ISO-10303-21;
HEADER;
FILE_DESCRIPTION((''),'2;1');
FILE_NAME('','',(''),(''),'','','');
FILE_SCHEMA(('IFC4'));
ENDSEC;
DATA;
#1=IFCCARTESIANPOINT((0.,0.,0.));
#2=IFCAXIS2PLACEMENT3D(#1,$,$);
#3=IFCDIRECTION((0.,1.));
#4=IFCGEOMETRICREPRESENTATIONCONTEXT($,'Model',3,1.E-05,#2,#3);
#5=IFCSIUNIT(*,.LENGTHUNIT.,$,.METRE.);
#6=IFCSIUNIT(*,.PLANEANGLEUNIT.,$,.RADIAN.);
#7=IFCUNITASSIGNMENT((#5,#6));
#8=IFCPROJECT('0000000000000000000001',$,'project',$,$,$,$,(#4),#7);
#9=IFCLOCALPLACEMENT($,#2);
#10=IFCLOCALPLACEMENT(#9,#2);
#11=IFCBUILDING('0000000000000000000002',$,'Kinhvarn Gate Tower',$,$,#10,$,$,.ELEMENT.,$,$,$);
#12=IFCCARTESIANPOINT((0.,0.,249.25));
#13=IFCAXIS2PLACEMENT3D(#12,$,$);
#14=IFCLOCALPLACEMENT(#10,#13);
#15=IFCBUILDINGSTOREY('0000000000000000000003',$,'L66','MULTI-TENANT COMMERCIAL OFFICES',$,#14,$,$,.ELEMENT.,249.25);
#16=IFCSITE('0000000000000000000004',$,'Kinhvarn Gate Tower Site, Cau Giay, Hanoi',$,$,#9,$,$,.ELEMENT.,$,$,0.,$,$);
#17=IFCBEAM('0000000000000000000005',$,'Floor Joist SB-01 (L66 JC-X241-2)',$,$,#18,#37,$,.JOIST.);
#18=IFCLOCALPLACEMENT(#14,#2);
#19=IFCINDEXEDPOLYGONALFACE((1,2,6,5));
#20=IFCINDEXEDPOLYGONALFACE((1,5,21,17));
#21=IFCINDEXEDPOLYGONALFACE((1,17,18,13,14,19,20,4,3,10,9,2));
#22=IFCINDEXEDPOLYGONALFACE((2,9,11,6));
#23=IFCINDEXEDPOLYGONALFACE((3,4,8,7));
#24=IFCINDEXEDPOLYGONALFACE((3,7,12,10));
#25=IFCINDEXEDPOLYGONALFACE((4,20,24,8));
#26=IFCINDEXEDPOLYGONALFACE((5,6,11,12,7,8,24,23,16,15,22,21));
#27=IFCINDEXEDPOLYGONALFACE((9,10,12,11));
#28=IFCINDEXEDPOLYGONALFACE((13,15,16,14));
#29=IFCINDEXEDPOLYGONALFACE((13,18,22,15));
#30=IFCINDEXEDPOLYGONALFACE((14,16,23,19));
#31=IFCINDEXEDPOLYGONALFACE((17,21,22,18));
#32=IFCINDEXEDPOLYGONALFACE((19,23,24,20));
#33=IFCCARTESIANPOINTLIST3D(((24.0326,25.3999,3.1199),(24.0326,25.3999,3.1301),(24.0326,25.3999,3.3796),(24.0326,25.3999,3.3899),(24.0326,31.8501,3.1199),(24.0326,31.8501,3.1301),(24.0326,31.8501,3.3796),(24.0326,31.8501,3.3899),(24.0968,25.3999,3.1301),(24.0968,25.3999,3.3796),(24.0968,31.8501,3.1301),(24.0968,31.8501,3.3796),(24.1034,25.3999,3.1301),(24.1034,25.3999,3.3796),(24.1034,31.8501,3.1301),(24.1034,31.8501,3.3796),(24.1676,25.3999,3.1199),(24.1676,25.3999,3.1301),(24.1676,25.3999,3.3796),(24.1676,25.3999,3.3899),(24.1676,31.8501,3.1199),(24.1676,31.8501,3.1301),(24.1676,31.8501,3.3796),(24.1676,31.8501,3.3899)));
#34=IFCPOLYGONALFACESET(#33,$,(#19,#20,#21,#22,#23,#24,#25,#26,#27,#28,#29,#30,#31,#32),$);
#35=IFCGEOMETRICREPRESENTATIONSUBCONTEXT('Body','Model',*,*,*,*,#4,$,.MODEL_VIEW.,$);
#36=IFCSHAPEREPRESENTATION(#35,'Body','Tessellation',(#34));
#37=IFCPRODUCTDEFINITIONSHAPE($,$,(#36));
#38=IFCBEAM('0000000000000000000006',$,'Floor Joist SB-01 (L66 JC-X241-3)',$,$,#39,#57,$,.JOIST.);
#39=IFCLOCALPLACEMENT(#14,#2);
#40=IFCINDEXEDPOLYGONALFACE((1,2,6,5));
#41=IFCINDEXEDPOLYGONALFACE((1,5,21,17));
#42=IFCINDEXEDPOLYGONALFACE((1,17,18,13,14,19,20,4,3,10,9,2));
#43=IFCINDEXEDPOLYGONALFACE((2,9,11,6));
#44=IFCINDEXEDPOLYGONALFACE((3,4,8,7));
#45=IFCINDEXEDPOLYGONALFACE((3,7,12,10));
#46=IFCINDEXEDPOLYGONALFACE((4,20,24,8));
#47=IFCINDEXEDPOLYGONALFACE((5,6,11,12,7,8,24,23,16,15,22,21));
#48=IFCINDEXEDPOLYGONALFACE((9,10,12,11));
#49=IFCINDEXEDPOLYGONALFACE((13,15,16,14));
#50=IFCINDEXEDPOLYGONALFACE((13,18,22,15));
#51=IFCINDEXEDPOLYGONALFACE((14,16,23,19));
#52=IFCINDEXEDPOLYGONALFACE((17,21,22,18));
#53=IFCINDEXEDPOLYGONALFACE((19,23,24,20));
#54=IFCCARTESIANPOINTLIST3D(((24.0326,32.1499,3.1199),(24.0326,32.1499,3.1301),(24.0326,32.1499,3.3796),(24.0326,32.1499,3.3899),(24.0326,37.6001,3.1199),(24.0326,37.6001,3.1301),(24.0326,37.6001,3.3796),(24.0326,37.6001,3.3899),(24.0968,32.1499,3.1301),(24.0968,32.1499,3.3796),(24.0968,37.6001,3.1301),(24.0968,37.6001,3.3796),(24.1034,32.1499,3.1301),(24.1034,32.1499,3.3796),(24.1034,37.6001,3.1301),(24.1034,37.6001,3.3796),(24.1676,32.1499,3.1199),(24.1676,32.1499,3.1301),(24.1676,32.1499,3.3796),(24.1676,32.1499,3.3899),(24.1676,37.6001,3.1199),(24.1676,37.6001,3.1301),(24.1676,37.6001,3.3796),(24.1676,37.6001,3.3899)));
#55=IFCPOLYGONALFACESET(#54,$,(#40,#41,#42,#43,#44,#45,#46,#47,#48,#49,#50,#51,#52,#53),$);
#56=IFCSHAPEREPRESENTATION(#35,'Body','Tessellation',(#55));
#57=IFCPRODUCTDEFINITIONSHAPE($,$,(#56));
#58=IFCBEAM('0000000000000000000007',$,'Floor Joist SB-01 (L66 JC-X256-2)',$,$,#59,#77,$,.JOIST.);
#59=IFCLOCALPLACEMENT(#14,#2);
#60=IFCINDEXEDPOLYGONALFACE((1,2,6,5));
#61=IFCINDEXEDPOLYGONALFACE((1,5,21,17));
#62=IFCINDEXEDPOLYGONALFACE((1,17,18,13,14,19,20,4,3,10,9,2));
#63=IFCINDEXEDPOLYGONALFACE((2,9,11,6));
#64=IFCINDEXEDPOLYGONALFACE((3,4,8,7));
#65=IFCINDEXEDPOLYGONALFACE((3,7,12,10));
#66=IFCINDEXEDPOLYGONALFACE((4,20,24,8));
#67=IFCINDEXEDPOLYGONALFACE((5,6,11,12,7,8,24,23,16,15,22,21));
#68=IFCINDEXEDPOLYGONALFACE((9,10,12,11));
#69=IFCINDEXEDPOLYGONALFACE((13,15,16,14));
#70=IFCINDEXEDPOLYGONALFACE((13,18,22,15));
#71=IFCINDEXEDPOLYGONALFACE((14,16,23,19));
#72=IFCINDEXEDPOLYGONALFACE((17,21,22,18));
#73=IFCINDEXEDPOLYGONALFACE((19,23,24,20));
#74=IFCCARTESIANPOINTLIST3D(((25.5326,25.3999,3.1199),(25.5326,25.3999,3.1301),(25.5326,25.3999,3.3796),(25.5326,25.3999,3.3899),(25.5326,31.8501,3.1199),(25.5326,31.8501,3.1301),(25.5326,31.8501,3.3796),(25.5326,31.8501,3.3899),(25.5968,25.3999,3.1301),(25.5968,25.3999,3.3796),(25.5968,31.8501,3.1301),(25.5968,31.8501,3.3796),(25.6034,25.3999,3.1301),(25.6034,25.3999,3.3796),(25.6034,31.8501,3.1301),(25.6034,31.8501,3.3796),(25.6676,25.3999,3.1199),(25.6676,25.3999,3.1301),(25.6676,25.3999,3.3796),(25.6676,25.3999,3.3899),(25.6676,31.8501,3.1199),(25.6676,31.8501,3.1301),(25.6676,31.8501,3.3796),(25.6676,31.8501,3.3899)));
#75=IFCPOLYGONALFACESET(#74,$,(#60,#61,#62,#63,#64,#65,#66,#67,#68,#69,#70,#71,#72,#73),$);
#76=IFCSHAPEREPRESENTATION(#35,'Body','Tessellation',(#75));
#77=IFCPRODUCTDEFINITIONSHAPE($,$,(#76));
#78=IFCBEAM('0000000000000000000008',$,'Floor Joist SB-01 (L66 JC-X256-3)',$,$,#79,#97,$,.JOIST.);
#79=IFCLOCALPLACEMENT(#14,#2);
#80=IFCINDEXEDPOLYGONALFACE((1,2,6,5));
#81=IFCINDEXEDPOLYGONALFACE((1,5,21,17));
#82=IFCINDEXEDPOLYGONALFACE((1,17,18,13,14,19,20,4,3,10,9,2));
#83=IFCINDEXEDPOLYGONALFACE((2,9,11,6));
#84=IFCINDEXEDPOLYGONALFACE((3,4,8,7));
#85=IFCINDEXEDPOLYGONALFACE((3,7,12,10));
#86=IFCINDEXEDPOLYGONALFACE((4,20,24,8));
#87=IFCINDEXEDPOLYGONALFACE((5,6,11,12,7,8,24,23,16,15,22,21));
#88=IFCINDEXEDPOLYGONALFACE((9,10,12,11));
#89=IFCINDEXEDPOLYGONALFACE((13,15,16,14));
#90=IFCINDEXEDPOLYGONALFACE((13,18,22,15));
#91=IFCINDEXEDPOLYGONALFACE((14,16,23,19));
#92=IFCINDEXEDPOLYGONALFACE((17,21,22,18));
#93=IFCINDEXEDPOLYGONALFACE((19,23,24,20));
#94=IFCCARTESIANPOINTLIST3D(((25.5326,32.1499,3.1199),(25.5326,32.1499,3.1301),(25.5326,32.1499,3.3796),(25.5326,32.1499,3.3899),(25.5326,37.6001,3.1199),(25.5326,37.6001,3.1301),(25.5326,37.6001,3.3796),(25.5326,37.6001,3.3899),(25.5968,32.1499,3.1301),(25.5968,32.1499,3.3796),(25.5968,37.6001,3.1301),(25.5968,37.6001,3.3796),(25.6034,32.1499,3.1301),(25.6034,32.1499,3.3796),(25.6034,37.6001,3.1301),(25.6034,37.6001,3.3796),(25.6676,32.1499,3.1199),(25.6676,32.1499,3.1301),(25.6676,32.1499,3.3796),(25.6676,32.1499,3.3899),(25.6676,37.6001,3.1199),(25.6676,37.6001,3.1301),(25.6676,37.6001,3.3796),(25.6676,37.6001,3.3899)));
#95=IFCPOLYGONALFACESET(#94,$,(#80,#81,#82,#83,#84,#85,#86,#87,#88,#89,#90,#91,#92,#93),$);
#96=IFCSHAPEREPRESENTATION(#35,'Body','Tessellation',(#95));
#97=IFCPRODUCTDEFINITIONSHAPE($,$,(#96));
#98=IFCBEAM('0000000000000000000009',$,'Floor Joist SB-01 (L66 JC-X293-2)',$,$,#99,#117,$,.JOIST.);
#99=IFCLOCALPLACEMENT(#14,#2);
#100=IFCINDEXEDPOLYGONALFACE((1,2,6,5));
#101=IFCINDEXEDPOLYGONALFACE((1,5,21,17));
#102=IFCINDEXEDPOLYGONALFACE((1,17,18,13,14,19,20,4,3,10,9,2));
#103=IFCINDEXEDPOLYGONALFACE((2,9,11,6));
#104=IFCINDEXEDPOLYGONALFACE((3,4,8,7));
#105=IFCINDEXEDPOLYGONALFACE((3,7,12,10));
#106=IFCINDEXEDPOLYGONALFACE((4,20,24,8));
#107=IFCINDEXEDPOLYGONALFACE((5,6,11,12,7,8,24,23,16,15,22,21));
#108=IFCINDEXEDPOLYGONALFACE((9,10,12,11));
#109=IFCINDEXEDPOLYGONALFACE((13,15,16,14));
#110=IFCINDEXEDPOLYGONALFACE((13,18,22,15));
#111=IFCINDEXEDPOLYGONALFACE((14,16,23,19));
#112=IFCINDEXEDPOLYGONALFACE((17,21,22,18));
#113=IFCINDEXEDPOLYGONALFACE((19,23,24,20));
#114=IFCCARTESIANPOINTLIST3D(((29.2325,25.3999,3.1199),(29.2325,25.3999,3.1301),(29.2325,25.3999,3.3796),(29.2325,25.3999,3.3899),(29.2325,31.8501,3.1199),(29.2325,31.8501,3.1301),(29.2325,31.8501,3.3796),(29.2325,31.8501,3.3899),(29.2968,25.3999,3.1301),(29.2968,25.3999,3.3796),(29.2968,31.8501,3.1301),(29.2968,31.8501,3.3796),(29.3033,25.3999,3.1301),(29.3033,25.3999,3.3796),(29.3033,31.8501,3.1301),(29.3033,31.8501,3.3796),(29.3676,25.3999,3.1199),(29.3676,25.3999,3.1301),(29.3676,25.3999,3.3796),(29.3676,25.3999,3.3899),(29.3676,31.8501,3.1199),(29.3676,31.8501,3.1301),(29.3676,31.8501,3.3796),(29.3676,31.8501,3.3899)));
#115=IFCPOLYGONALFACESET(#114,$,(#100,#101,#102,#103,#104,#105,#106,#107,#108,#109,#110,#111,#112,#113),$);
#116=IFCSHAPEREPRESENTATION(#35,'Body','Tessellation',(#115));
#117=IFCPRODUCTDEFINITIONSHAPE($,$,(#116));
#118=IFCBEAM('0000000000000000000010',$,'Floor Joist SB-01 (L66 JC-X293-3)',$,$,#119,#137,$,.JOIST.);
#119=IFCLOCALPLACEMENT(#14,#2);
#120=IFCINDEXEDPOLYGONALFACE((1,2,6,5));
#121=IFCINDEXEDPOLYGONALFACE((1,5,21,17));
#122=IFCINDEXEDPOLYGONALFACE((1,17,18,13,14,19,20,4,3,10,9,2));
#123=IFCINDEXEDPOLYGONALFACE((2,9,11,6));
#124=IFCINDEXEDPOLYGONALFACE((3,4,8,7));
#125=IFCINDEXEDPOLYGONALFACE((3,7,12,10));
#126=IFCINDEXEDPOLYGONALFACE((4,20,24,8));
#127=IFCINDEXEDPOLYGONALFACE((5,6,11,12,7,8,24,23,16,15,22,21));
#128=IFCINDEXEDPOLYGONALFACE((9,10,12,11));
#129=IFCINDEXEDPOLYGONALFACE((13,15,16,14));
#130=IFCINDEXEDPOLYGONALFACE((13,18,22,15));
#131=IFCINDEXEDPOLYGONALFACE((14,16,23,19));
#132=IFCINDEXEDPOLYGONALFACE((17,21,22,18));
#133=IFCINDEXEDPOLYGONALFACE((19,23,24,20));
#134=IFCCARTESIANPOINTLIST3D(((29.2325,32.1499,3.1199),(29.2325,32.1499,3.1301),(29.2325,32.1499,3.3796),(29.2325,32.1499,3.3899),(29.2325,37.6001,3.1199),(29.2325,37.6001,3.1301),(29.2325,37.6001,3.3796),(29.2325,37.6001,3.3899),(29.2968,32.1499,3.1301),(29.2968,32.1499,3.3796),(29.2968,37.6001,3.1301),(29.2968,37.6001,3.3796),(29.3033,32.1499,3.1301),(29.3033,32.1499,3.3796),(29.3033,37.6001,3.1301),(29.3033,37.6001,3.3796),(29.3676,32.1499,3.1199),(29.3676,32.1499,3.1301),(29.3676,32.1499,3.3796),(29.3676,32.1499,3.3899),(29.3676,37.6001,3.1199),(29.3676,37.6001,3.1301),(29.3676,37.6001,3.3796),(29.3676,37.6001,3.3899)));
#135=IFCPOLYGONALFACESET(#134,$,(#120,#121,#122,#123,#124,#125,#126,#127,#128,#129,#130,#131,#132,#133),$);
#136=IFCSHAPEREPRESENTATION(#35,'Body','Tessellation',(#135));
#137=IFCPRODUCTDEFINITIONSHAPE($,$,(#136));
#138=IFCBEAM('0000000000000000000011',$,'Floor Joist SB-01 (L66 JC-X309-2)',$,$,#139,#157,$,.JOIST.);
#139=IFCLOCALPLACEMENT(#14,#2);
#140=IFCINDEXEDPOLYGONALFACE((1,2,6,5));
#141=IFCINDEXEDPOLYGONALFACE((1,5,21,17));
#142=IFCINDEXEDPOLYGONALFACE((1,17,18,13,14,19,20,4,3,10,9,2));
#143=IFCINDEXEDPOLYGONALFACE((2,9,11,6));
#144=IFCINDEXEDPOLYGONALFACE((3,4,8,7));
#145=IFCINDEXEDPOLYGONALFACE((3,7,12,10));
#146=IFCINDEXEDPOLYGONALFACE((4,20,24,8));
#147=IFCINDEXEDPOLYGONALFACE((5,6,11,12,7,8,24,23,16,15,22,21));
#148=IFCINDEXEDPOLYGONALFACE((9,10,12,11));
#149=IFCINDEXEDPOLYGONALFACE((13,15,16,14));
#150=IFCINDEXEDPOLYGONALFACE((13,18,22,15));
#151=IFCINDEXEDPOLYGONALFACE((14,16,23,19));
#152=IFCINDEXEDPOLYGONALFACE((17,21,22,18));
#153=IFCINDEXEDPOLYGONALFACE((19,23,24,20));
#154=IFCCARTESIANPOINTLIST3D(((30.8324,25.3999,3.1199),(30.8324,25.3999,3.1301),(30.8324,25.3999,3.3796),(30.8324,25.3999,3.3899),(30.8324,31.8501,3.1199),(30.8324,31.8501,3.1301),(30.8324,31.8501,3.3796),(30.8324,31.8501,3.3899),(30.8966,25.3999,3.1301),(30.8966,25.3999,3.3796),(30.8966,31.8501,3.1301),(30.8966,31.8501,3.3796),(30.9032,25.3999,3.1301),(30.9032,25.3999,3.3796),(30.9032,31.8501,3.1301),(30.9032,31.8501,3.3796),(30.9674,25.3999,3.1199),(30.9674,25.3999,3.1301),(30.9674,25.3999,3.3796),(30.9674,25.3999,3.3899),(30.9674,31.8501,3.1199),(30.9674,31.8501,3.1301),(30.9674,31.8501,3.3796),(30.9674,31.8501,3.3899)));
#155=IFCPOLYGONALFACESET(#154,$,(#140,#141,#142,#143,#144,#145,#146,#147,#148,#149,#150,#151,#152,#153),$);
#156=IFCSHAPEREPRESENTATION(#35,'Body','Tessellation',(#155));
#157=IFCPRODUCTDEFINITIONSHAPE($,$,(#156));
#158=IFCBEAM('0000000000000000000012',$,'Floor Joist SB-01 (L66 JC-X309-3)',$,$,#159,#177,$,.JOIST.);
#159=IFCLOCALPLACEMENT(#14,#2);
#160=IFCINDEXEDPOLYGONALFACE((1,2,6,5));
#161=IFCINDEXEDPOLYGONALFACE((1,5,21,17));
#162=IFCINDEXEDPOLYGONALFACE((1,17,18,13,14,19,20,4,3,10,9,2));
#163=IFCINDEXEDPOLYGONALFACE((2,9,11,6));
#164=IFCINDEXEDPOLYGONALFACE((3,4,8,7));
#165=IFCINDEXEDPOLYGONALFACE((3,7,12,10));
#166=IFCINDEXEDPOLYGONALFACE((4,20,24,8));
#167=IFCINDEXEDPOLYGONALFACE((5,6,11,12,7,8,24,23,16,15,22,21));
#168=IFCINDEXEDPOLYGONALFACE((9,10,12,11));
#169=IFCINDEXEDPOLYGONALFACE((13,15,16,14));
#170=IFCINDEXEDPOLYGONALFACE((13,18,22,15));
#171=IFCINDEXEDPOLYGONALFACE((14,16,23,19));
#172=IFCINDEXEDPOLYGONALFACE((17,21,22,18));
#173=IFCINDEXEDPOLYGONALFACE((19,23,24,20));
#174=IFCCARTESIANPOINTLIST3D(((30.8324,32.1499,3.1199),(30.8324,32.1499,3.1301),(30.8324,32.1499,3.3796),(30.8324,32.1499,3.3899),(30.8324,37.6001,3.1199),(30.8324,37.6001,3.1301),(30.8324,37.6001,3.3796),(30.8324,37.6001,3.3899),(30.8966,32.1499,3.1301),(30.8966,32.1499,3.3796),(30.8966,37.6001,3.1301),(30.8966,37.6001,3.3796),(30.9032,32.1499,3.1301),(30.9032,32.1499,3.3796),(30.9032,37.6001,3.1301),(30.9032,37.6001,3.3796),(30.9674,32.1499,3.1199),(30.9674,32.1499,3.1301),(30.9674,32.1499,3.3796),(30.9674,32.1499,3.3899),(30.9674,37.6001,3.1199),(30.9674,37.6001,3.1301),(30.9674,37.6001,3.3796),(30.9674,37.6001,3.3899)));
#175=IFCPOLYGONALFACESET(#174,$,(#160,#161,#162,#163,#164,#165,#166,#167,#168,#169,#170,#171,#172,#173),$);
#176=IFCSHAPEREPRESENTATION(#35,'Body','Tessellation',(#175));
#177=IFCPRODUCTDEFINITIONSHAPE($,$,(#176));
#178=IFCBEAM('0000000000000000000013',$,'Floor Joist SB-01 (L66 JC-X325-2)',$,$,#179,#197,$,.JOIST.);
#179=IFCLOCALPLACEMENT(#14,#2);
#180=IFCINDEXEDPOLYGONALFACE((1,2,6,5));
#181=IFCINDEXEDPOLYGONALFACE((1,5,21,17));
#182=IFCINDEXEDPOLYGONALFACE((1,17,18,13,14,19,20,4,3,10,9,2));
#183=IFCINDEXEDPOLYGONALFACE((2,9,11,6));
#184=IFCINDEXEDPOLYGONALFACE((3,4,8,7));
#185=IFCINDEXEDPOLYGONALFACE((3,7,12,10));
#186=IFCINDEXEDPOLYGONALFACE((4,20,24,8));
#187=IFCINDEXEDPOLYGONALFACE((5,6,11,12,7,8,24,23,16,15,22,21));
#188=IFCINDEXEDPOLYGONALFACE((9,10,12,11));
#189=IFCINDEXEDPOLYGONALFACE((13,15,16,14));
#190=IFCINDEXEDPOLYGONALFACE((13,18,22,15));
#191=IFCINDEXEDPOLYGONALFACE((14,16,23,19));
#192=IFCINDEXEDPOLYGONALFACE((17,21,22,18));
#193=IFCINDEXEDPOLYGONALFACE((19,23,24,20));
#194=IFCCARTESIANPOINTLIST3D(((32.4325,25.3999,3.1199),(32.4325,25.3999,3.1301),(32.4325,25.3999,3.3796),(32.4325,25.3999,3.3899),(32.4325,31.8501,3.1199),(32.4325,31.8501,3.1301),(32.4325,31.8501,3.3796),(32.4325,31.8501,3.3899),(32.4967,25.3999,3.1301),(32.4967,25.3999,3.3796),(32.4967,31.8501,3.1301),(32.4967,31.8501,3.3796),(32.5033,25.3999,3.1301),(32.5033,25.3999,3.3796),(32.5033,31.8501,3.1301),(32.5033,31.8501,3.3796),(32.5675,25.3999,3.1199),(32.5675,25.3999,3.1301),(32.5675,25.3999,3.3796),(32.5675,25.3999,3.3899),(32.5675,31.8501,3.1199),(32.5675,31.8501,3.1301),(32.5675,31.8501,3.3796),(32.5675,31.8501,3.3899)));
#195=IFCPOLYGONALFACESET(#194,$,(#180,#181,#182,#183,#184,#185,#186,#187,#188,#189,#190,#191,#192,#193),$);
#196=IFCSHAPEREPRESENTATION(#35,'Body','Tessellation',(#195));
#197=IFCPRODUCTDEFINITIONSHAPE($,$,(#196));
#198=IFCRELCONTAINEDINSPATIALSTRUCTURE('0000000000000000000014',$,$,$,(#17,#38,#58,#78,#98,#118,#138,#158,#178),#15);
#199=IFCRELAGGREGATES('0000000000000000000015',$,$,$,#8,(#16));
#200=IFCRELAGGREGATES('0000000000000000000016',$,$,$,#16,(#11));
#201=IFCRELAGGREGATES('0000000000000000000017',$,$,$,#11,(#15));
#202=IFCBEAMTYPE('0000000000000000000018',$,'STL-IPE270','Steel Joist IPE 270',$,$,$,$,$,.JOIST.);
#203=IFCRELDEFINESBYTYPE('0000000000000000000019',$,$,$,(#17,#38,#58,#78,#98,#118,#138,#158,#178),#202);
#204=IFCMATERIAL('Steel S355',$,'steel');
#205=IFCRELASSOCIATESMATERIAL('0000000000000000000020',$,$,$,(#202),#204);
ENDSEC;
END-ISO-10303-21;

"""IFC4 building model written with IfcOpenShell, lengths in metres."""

from ifc_helpers import new_model, si_unit, direction, frame, origin, origin_2d, place, context, subcontext, project, spatial, i_section, extrude, material, material_profile, profile_set, type_object, element, save


model = new_model("IFC4")

# Units and contexts
model_context = context("Model", 3, precision=1e-05, world=origin(), true_north=direction((0.0, 1.0)))
body_context = subcontext(model_context, "Body", "Model", "MODEL_VIEW")
ifc_project = project(units=[si_unit("LENGTHUNIT", "METRE"), si_unit("PLANEANGLEUNIT", "RADIAN")], contexts=[model_context])

# Site, building, storey
site_placement = place(None, origin())
site = spatial("IfcSite", under=ifc_project, at=site_placement, Name="Kinhvarn Gate Tower Site, Cau Giay, Hanoi", CompositionType="ELEMENT", RefElevation=0.0)
building_placement = place(site_placement, origin())
building = spatial("IfcBuilding", under=site, at=building_placement, Name="Kinhvarn Gate Tower", CompositionType="ELEMENT")
storey_placement = place(building_placement, frame((0.0, 0.0, 249.25)))
storey = spatial("IfcBuildingStorey", under=building, at=storey_placement, Name="L66", Description="MULTI-TENANT COMMERCIAL OFFICES", CompositionType="ELEMENT", Elevation=249.25)

# Beams
ifc_material_1 = material(Name="Steel S355", Category="steel")
ifc_material_profile = material_profile(ifc_material_1, i_section(OverallWidth=0.135, OverallDepth=0.27, WebThickness=0.0066, FlangeThickness=0.0103, at=origin_2d()), Name="IPE 270")
ifc_profile_set = profile_set([ifc_material_profile], Name="Steel S355")
beam_type = type_object("IfcBeamType", Name="STL-IPE270", Description="Steel Joist IPE 270", PredefinedType="JOIST", material=ifc_profile_set)
beam_1_placement = place(storey_placement, frame((24.1001, 25.3999, 3.2549), z_axis=(0.0, 1.0, 0.0), x_axis=(-1.0, 0.0, 0.0)))
element("IfcBeam", 1, at=beam_1_placement, inside=storey, type_object=beam_type, Name="Floor Joist SB-01 (L66 JC-X241-2)", PredefinedType="JOIST", context=body_context, shape_type="SweptSolid", body=[
    extrude(i_section(OverallWidth=0.135, OverallDepth=0.27, WebThickness=0.0066, FlangeThickness=0.0103, at=origin_2d()), origin(), (0.0, 0.0, 1.0), 6.4502),
])
beam_2_placement = place(storey_placement, frame((24.1001, 32.1499, 3.2549), z_axis=(0.0, 1.0, 0.0), x_axis=(-1.0, 0.0, 0.0)))
element("IfcBeam", 2, at=beam_2_placement, inside=storey, type_object=beam_type, Name="Floor Joist SB-01 (L66 JC-X241-3)", PredefinedType="JOIST", context=body_context, shape_type="SweptSolid", body=[
    extrude(i_section(OverallWidth=0.135, OverallDepth=0.27, WebThickness=0.0066, FlangeThickness=0.0103, at=origin_2d()), origin(), (0.0, 0.0, 1.0), 5.4502),
])
beam_3_placement = place(storey_placement, frame((25.6001, 25.3999, 3.2549), z_axis=(0.0, 1.0, 0.0), x_axis=(-1.0, 0.0, 0.0)))
element("IfcBeam", 3, at=beam_3_placement, inside=storey, type_object=beam_type, Name="Floor Joist SB-01 (L66 JC-X256-2)", PredefinedType="JOIST", context=body_context, shape_type="SweptSolid", body=[
    extrude(i_section(OverallWidth=0.135, OverallDepth=0.27, WebThickness=0.0066, FlangeThickness=0.0103, at=origin_2d()), origin(), (0.0, 0.0, 1.0), 6.4502),
])
beam_4_placement = place(storey_placement, frame((25.6001, 32.1499, 3.2549), z_axis=(0.0, 1.0, 0.0), x_axis=(-1.0, 0.0, 0.0)))
element("IfcBeam", 4, at=beam_4_placement, inside=storey, type_object=beam_type, Name="Floor Joist SB-01 (L66 JC-X256-3)", PredefinedType="JOIST", context=body_context, shape_type="SweptSolid", body=[
    extrude(i_section(OverallWidth=0.135, OverallDepth=0.27, WebThickness=0.0066, FlangeThickness=0.0103, at=origin_2d()), origin(), (0.0, 0.0, 1.0), 5.4502),
])
beam_5_placement = place(storey_placement, frame((29.3, 25.3999, 3.2549), z_axis=(0.0, 1.0, 0.0), x_axis=(-1.0, 0.0, 0.0)))
element("IfcBeam", 5, at=beam_5_placement, inside=storey, type_object=beam_type, Name="Floor Joist SB-01 (L66 JC-X293-2)", PredefinedType="JOIST", context=body_context, shape_type="SweptSolid", body=[
    extrude(i_section(OverallWidth=0.135, OverallDepth=0.27, WebThickness=0.0066, FlangeThickness=0.0103, at=origin_2d()), origin(), (0.0, 0.0, 1.0), 6.4502),
])
beam_6_placement = place(storey_placement, frame((29.3, 32.1499, 3.2549), z_axis=(0.0, 1.0, 0.0), x_axis=(-1.0, 0.0, 0.0)))
element("IfcBeam", 6, at=beam_6_placement, inside=storey, type_object=beam_type, Name="Floor Joist SB-01 (L66 JC-X293-3)", PredefinedType="JOIST", context=body_context, shape_type="SweptSolid", body=[
    extrude(i_section(OverallWidth=0.135, OverallDepth=0.27, WebThickness=0.0066, FlangeThickness=0.0103, at=origin_2d()), origin(), (0.0, 0.0, 1.0), 5.4502),
])
beam_7_placement = place(storey_placement, frame((30.8999, 25.3999, 3.2549), z_axis=(0.0, 1.0, 0.0), x_axis=(-1.0, 0.0, 0.0)))
element("IfcBeam", 7, at=beam_7_placement, inside=storey, type_object=beam_type, Name="Floor Joist SB-01 (L66 JC-X309-2)", PredefinedType="JOIST", context=body_context, shape_type="SweptSolid", body=[
    extrude(i_section(OverallWidth=0.135, OverallDepth=0.27, WebThickness=0.0066, FlangeThickness=0.0103, at=origin_2d()), origin(), (0.0, 0.0, 1.0), 6.4502),
])
beam_8_placement = place(storey_placement, frame((30.8999, 32.1499, 3.2549), z_axis=(0.0, 1.0, 0.0), x_axis=(-1.0, 0.0, 0.0)))
element("IfcBeam", 8, at=beam_8_placement, inside=storey, type_object=beam_type, Name="Floor Joist SB-01 (L66 JC-X309-3)", PredefinedType="JOIST", context=body_context, shape_type="SweptSolid", body=[
    extrude(i_section(OverallWidth=0.135, OverallDepth=0.27, WebThickness=0.0066, FlangeThickness=0.0103, at=origin_2d()), origin(), (0.0, 0.0, 1.0), 5.4502),
])
beam_9_placement = place(storey_placement, frame((32.5, 25.3999, 3.2549), z_axis=(0.0, 1.0, 0.0), x_axis=(-1.0, 0.0, 0.0)))
element("IfcBeam", 9, at=beam_9_placement, inside=storey, type_object=beam_type, Name="Floor Joist SB-01 (L66 JC-X325-2)", PredefinedType="JOIST", context=body_context, shape_type="SweptSolid", body=[
    extrude(i_section(OverallWidth=0.135, OverallDepth=0.27, WebThickness=0.0066, FlangeThickness=0.0103, at=origin_2d()), origin(), (0.0, 0.0, 1.0), 6.4502),
])

save(model, "model.ifc")
